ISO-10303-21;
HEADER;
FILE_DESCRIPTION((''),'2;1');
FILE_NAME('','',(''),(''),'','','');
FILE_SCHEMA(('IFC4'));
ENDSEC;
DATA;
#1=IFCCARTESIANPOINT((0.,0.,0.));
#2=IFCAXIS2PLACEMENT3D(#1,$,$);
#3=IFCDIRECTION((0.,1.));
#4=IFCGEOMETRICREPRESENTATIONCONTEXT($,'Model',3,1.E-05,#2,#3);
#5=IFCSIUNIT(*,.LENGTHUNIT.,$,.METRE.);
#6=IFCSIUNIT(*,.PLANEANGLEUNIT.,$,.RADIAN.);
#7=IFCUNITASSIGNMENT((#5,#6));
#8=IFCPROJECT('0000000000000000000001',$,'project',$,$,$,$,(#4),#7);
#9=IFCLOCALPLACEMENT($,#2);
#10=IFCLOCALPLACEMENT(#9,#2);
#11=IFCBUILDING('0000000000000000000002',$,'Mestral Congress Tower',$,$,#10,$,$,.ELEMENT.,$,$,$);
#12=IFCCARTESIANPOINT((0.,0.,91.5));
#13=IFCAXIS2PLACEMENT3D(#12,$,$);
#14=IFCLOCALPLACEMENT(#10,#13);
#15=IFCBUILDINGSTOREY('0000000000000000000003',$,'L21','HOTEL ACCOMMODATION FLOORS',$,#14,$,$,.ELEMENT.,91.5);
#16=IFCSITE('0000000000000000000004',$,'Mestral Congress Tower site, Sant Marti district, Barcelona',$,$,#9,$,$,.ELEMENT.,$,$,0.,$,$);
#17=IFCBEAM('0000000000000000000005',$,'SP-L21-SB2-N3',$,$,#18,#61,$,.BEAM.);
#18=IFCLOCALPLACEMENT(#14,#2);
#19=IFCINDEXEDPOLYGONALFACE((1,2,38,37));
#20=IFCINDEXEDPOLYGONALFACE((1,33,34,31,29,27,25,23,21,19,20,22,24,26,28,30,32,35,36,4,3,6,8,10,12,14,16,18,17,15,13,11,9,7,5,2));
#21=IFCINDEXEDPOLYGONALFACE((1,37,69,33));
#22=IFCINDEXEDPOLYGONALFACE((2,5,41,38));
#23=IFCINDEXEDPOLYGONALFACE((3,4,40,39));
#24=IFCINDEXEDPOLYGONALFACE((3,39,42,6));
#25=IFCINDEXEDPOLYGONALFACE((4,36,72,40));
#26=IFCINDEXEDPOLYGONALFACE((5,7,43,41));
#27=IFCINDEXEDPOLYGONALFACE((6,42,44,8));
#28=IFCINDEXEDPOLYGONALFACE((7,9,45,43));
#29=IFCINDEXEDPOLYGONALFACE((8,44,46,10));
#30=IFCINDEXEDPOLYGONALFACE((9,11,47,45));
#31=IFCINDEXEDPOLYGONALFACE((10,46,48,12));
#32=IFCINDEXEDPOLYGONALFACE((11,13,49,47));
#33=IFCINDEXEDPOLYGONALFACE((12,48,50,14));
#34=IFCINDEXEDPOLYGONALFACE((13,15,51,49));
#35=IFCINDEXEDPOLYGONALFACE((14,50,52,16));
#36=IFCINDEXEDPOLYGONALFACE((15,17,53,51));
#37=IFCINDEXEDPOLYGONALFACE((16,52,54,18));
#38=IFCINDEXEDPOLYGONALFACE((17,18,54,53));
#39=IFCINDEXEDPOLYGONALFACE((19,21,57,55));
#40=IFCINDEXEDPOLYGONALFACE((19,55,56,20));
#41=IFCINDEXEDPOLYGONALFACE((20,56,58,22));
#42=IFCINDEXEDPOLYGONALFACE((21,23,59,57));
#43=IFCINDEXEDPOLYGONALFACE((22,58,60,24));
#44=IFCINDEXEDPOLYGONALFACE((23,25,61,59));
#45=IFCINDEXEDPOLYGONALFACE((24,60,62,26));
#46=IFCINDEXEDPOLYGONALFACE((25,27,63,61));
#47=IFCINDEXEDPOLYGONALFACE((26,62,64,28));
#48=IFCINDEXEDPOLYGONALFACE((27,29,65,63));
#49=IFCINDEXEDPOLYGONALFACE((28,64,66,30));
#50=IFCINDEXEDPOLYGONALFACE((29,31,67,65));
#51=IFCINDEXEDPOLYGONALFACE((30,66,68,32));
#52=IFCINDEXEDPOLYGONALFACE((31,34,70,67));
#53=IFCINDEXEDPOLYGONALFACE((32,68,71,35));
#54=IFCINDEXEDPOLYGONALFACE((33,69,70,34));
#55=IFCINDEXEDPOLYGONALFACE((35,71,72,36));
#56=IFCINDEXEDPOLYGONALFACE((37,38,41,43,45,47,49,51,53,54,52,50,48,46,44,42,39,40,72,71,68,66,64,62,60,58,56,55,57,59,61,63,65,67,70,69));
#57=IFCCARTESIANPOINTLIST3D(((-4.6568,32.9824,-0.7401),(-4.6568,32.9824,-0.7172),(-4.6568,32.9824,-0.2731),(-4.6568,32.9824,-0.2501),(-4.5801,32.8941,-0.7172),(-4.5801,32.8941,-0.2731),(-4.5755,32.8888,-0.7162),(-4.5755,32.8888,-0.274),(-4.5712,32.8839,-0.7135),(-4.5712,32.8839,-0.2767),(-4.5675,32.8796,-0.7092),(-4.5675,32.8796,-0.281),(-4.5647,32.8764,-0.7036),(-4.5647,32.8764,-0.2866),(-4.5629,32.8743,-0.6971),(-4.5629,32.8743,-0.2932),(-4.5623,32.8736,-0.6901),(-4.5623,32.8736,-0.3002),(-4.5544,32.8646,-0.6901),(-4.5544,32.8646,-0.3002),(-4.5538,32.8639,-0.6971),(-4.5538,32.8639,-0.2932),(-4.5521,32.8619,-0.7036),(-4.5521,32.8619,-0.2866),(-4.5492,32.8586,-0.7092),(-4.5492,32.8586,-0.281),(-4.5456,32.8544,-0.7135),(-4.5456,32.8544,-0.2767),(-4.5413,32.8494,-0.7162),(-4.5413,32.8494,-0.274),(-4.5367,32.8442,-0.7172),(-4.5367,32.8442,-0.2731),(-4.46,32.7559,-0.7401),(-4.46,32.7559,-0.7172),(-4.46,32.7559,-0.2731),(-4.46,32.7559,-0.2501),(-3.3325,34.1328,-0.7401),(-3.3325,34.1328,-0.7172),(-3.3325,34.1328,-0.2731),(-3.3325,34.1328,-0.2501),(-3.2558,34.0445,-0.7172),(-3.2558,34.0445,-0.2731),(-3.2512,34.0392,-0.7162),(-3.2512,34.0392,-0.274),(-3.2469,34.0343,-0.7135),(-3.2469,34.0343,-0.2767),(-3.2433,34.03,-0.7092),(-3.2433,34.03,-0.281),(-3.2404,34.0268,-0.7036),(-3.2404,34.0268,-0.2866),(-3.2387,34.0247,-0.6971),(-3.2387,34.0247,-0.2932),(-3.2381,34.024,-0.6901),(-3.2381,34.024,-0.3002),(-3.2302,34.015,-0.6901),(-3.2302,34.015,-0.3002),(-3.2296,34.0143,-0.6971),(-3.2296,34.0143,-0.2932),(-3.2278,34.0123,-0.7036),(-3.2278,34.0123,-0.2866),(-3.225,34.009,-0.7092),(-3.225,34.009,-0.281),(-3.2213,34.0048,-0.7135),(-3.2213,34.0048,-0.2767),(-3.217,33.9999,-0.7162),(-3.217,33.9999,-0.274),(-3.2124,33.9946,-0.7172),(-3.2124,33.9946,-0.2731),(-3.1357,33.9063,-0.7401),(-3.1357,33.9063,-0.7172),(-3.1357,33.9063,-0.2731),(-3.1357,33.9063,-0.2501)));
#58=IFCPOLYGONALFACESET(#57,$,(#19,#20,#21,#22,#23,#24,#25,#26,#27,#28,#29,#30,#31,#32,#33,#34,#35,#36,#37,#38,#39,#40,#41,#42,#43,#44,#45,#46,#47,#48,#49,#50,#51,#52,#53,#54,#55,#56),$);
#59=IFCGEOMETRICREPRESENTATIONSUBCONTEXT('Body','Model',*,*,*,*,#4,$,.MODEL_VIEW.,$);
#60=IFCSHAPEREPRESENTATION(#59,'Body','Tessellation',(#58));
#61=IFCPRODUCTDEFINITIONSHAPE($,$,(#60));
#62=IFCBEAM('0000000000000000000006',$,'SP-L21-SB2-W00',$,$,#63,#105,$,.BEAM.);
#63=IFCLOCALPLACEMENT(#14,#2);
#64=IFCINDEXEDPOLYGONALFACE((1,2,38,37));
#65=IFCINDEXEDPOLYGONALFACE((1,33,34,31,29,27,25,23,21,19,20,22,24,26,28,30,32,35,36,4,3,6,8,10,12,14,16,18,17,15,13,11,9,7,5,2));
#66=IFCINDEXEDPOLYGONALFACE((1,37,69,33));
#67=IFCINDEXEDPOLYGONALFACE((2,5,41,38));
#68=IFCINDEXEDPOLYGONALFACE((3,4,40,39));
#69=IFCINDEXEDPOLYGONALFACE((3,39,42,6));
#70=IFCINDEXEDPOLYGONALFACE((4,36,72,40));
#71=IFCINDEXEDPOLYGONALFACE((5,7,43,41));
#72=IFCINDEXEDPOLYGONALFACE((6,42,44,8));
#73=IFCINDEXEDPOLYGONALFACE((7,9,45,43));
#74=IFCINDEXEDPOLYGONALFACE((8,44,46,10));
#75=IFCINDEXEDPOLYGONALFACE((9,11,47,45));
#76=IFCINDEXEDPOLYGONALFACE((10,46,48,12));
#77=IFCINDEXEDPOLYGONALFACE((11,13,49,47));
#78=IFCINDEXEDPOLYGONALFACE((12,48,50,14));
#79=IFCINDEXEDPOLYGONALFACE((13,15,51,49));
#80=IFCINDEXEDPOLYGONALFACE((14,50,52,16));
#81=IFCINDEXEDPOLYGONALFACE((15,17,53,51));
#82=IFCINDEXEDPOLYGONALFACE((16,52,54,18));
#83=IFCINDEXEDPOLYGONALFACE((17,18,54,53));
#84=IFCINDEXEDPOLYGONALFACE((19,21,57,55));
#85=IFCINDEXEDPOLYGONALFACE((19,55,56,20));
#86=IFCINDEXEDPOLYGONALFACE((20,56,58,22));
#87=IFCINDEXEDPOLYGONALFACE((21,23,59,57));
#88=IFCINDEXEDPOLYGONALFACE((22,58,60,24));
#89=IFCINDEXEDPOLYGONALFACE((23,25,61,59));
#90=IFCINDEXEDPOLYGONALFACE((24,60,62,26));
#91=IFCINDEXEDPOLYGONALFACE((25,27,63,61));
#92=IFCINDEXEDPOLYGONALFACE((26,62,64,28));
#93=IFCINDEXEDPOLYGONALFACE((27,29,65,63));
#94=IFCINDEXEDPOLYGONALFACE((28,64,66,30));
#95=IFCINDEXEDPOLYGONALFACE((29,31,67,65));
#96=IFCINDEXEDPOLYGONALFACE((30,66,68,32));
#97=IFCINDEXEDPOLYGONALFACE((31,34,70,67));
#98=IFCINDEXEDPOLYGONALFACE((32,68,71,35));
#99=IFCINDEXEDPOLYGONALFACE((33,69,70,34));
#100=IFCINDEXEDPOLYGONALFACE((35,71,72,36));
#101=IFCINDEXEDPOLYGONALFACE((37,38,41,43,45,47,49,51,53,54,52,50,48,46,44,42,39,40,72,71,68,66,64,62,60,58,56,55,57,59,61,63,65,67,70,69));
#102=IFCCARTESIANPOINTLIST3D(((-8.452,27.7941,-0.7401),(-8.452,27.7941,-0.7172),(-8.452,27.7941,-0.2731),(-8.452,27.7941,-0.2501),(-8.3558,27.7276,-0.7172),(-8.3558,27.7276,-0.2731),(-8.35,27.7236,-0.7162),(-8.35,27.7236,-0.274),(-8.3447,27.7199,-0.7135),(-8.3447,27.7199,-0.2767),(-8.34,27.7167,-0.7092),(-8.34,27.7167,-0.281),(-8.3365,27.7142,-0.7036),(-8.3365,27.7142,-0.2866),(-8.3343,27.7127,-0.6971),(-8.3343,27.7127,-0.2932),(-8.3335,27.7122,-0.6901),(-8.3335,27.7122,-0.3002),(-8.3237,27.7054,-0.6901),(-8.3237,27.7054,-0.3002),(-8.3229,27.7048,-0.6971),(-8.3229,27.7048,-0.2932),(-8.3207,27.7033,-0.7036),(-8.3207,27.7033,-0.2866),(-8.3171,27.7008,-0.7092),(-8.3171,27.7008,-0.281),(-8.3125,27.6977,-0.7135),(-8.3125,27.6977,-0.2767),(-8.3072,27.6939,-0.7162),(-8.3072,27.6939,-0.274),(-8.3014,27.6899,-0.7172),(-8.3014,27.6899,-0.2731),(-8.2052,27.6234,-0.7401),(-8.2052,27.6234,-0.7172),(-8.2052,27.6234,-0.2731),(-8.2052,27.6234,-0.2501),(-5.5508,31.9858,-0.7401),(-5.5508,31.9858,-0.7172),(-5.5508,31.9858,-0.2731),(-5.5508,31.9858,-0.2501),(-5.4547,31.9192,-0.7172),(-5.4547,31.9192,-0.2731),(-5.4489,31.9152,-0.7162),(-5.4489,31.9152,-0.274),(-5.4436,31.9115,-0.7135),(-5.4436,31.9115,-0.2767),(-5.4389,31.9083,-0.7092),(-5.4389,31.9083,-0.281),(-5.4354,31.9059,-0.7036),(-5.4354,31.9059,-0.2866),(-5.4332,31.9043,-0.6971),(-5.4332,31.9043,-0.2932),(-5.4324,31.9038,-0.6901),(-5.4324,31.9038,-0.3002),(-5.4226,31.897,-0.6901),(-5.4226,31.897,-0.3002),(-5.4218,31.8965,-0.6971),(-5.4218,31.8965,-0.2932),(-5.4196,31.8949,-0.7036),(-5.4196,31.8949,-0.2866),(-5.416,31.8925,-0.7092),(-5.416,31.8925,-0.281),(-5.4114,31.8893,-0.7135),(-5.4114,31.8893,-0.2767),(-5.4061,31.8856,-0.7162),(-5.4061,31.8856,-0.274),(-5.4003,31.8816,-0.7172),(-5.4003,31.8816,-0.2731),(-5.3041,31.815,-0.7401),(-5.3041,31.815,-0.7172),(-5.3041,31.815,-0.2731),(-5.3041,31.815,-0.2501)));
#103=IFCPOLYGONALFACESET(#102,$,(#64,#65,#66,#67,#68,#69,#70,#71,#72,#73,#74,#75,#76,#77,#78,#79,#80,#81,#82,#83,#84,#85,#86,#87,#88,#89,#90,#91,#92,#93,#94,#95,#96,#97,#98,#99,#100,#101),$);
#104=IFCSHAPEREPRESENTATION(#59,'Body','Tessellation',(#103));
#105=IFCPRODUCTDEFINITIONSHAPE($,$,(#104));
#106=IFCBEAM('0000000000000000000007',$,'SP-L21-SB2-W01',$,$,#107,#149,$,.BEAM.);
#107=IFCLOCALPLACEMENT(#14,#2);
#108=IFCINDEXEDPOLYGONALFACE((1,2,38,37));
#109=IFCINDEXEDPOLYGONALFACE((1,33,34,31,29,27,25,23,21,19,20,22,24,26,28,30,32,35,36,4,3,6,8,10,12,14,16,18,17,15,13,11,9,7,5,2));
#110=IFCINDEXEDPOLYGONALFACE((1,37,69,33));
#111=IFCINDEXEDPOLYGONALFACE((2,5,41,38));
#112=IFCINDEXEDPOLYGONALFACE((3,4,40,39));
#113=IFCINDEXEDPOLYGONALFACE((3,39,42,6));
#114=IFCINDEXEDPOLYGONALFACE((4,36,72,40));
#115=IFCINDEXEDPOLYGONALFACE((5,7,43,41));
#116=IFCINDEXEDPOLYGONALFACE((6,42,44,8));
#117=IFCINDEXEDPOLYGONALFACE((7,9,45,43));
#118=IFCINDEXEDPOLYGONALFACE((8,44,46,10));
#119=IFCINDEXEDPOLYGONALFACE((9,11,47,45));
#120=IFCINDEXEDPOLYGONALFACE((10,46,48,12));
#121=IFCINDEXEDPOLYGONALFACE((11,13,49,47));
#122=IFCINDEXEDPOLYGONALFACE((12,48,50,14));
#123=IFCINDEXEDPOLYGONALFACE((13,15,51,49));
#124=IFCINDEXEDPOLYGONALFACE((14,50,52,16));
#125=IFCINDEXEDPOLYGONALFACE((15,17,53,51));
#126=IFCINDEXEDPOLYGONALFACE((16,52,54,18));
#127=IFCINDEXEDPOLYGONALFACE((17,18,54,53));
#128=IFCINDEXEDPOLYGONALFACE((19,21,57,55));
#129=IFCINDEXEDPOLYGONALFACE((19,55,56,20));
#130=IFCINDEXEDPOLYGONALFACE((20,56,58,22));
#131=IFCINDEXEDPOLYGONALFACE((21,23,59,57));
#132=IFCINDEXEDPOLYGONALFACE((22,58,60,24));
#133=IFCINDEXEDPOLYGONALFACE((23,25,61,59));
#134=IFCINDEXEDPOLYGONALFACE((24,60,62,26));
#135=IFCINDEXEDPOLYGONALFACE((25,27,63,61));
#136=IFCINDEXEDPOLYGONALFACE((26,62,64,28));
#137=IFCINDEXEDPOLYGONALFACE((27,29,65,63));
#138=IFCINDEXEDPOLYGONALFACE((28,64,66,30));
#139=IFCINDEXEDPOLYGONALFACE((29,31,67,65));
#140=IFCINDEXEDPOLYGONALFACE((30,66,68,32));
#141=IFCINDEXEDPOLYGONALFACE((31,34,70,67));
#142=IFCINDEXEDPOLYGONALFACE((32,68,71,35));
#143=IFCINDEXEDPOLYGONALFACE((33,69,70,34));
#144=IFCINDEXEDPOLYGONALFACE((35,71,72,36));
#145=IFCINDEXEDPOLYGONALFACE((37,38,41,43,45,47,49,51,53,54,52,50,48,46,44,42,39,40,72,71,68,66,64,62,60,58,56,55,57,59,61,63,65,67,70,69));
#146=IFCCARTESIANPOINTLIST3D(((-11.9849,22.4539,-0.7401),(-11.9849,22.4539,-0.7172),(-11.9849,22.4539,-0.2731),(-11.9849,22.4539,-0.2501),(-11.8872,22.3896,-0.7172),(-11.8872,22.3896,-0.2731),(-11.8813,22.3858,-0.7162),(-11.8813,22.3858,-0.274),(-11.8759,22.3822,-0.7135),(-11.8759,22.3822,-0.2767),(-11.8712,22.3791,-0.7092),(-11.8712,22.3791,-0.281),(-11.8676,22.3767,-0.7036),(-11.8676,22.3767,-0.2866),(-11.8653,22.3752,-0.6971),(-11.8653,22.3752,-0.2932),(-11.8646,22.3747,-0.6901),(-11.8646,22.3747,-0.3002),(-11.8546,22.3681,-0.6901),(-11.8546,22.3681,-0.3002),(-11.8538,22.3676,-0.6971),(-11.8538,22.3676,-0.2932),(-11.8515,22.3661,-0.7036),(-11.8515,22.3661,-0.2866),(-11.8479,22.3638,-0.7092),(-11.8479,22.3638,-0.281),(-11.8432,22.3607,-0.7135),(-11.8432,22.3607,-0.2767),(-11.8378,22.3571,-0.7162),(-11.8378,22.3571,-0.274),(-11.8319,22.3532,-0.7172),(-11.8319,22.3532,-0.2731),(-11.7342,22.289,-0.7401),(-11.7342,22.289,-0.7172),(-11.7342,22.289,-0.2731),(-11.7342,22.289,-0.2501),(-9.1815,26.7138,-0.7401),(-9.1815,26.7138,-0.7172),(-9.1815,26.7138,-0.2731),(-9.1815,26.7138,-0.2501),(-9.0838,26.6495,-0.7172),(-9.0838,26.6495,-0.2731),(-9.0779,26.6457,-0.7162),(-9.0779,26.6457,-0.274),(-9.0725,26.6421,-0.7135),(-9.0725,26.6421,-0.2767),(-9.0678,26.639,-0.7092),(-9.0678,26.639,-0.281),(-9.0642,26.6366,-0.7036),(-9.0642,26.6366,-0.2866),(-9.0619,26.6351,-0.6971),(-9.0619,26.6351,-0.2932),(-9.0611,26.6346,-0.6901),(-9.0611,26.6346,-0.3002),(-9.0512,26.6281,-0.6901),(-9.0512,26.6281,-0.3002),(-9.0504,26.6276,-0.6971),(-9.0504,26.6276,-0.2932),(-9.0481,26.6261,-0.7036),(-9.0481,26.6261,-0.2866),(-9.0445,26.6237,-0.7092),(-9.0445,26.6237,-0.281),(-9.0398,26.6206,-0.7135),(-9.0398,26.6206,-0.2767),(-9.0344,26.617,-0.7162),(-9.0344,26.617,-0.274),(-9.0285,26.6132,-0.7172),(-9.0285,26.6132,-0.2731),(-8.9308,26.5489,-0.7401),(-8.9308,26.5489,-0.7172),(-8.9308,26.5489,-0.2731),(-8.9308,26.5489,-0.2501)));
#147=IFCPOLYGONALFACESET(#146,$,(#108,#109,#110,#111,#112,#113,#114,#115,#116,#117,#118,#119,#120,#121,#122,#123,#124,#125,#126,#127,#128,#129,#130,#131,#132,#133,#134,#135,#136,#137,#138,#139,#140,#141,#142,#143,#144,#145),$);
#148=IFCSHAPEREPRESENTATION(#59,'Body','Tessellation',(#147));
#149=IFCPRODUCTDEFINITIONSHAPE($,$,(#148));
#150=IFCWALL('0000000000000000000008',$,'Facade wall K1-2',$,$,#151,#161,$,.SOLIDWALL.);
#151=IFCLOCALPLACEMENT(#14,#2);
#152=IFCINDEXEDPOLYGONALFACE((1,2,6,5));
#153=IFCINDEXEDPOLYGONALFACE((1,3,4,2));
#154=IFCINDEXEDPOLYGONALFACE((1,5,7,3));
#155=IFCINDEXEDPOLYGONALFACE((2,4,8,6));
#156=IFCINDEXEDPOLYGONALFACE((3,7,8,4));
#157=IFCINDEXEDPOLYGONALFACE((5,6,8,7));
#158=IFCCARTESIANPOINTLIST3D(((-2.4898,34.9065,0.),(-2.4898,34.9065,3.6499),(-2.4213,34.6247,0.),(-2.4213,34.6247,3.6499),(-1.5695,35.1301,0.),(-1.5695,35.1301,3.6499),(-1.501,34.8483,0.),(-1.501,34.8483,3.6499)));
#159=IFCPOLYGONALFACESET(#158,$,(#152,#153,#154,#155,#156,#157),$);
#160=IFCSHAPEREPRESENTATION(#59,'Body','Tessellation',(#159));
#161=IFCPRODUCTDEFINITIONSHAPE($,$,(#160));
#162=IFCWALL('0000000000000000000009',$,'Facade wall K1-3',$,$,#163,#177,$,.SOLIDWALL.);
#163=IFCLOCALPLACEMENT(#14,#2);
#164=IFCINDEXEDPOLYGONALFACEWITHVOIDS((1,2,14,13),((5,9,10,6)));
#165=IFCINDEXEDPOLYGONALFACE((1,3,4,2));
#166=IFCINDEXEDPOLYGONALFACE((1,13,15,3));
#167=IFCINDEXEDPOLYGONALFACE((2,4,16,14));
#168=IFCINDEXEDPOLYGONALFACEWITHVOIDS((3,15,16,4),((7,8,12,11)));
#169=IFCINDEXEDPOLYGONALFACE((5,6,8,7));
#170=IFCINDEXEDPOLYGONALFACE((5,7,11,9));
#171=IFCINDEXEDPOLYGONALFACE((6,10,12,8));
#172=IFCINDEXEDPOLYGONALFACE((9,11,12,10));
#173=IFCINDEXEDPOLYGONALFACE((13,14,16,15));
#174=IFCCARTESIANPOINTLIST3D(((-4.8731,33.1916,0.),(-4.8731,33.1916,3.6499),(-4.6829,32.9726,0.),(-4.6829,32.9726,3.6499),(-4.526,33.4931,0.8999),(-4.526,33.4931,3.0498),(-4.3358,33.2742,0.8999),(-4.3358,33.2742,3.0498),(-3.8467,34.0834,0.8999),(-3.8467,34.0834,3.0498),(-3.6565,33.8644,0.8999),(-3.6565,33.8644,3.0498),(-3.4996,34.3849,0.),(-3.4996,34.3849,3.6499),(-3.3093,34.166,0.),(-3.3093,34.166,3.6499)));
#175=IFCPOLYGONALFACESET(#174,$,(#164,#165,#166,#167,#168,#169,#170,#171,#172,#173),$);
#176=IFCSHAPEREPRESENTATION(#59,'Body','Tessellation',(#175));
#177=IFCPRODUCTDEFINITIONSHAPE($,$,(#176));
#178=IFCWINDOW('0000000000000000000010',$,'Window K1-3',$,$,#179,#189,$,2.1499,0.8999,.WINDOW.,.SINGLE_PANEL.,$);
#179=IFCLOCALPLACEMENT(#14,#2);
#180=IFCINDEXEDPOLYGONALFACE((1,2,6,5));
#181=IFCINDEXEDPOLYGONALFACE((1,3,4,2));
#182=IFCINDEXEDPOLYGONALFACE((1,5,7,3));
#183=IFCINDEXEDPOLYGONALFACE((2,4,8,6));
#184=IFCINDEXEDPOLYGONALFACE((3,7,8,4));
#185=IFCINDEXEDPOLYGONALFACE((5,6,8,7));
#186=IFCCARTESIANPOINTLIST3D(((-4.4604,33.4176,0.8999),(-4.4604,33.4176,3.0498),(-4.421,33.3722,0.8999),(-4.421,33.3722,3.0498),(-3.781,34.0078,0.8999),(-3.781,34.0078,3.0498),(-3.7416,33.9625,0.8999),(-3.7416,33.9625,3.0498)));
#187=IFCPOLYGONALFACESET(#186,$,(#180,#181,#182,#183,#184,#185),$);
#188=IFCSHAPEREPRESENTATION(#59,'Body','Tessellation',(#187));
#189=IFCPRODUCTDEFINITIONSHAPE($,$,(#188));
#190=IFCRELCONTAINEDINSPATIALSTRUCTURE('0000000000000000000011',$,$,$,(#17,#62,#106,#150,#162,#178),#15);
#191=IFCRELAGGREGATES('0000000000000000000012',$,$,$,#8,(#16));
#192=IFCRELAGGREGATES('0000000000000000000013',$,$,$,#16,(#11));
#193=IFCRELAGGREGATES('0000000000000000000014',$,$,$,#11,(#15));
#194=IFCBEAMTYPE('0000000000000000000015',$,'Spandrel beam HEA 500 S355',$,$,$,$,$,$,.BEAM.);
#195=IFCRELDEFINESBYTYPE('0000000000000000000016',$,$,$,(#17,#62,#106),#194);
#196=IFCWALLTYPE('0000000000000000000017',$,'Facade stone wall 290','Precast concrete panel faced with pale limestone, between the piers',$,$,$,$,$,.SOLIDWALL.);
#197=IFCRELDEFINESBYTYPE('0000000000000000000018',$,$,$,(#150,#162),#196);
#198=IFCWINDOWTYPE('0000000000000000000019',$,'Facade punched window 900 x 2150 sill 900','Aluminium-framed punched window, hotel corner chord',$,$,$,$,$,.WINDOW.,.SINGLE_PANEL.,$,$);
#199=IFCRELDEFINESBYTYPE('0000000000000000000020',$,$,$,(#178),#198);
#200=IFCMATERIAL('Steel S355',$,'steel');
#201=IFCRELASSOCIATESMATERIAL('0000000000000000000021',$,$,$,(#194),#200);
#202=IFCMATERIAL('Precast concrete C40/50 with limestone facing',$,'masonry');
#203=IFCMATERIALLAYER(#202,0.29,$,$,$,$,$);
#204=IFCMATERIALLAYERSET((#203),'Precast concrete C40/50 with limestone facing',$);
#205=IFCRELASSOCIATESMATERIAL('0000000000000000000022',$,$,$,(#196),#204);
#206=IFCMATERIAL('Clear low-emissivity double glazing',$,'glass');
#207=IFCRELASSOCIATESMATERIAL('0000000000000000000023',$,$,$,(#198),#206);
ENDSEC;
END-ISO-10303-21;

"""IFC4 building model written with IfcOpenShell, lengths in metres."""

from ifc_helpers import new_model, si_unit, direction, frame, frame_2d, origin, origin_2d, place, context, subcontext, project, spatial, rectangle, i_section, extrude, material, layer, layer_set, material_profile, profile_set, type_object, element, fill, save


model = new_model("IFC4")

# Units and contexts
model_context = context("Model", 3, precision=1e-05, world=origin(), true_north=direction((0.0, 1.0)))
body_context = subcontext(model_context, "Body", "Model", "MODEL_VIEW")
ifc_project = project(units=[si_unit("LENGTHUNIT", "METRE"), si_unit("PLANEANGLEUNIT", "RADIAN")], contexts=[model_context])

# Site, building, storey
site_placement = place(None, origin())
site = spatial("IfcSite", under=ifc_project, at=site_placement, Name="Mestral Congress Tower site, Sant Marti district, Barcelona", CompositionType="ELEMENT", RefElevation=0.0)
building_placement = place(site_placement, origin())
building = spatial("IfcBuilding", under=site, at=building_placement, Name="Mestral Congress Tower", CompositionType="ELEMENT")
storey_placement = place(building_placement, frame((0.0, 0.0, 91.5)))
storey = spatial("IfcBuildingStorey", under=building, at=storey_placement, Name="L21", Description="HOTEL ACCOMMODATION FLOORS", CompositionType="ELEMENT", Elevation=91.5)

# Beams
ifc_material_1 = material(Name="Steel S355", Category="steel")
ifc_material_profile_1 = material_profile(ifc_material_1, i_section(OverallWidth=0.3, OverallDepth=0.49, WebThickness=0.012, FlangeThickness=0.0229, FilletRadius=0.0271, at=origin_2d()), Name="HEA 500")
ifc_profile_set_1 = profile_set([ifc_material_profile_1], Name="Steel S355")
beam_type_1 = type_object("IfcBeamType", Name="Spandrel beam HEA 500 S355", PredefinedType="BEAM", material=ifc_profile_set_1)
beam_1_placement = place(storey_placement, frame((-3.2341, 34.0195, -0.4951), z_axis=(-0.754917, -0.65582, 0.0), x_axis=(0.65582, -0.754917, 0.0)))
element("IfcBeam", 1, at=beam_1_placement, inside=storey, type_object=beam_type_1, Name="SP-L21-SB2-N3", PredefinedType="BEAM", context=body_context, shape_type="SweptSolid", body=[
    extrude(i_section(OverallWidth=0.3, OverallDepth=0.49, WebThickness=0.012, FlangeThickness=0.0229, FilletRadius=0.0271, at=origin_2d()), origin(), (0.0, 0.0, 1.0), 1.7542),
])
beam_2_placement = place(storey_placement, frame((-5.4275, 31.9004, -0.4951), z_axis=(-0.569105, -0.822265, 0.0), x_axis=(0.822265, -0.569105, 0.0)))
element("IfcBeam", 2, at=beam_2_placement, inside=storey, type_object=beam_type_1, Name="SP-L21-SB2-W00", PredefinedType="BEAM", context=body_context, shape_type="SweptSolid", body=[
    extrude(i_section(OverallWidth=0.3, OverallDepth=0.49, WebThickness=0.012, FlangeThickness=0.0229, FilletRadius=0.0271, at=origin_2d()), origin(), (0.0, 0.0, 1.0), 5.0977),
])
beam_3_placement = place(storey_placement, frame((-9.0562, 26.6313, -0.4951), z_axis=(-0.54973, -0.835342, 0.0), x_axis=(0.835342, -0.54973, 0.0)))
element("IfcBeam", 3, at=beam_3_placement, inside=storey, type_object=beam_type_1, Name="SP-L21-SB2-W01", PredefinedType="BEAM", context=body_context, shape_type="SweptSolid", body=[
    extrude(i_section(OverallWidth=0.3, OverallDepth=0.49, WebThickness=0.012, FlangeThickness=0.0229, FilletRadius=0.0271, at=origin_2d()), origin(), (0.0, 0.0, 1.0), 5.0996),
])

# Wall
ifc_material_2 = material(Name="Precast concrete C40/50 with limestone facing", Category="masonry")
ifc_layer_1 = layer(ifc_material_2, 0.29)
ifc_layer_set_1 = layer_set([ifc_layer_1], Name="Precast concrete C40/50 with limestone facing")
wall_type_1 = type_object("IfcWallType", Name="Facade stone wall 290", Description="Precast concrete panel faced with pale limestone, between the piers", PredefinedType="SOLIDWALL", material=ifc_layer_set_1)
wall_1_placement = place(storey_placement, frame((-1.5352, 34.9893, 0.0), z_axis=(0.0, 0.0, 1.0), x_axis=(-0.971714, -0.236161, 0.0)))
element("IfcWall", 4, at=wall_1_placement, inside=storey, type_object=wall_type_1, Name="Facade wall K1-2", PredefinedType="SOLIDWALL", context=body_context, shape_type="SweptSolid", body=[
    extrude(rectangle(XDim=0.947, YDim=0.29, at=frame_2d((0.4736, 0.0))), origin(), (0.0, 0.0, 1.0), 3.6499),
])

# Wall, opening, window
wall_2_placement = place(storey_placement, frame((-3.4045, 34.2754, 0.0), z_axis=(0.0, 0.0, 1.0), x_axis=(-0.754883, -0.65586, 0.0)))
wall_2 = element("IfcWall", 5, at=wall_2_placement, inside=storey, type_object=wall_type_1, Name="Facade wall K1-3", PredefinedType="SOLIDWALL", context=body_context, shape_type="SweptSolid", body=[
    extrude(rectangle(XDim=1.8196, YDim=0.29, at=frame_2d((0.9097, 0.0))), origin(), (0.0, 0.0, 1.0), 3.6499),
])
opening_1_placement = place(wall_2_placement, frame((0.4597, 0.0, 0.8999)))
opening_1 = element("IfcOpeningElement", 6, at=opening_1_placement, cuts=wall_2, PredefinedType="OPENING", context=body_context, shape_type="SweptSolid", body=[
    extrude(rectangle(XDim=0.8999, YDim=2.1499, at=frame_2d((0.45, 1.075))), frame((0.0, 0.155, 0.0), z_axis=(0.0, -1.0, 0.0), x_axis=(1.0, 0.0, 0.0)), (0.0, 0.0, 1.0), 0.3101),
])
ifc_material_3 = material(Name="Clear low-emissivity double glazing", Category="glass")
window_type_1 = type_object("IfcWindowType", Name="Facade punched window 900 x 2150 sill 900", Description="Aluminium-framed punched window, hotel corner chord", PartitioningType="SINGLE_PANEL", PredefinedType="WINDOW", material=ifc_material_3)
window_1_placement = place(opening_1_placement, origin())
window_1 = element("IfcWindow", 7, at=window_1_placement, inside=storey, type_object=window_type_1, Name="Window K1-3", OverallHeight=2.1499, OverallWidth=0.8999, PartitioningType="SINGLE_PANEL", PredefinedType="WINDOW", context=body_context, shape_type="SweptSolid", body=[
    extrude(rectangle(XDim=0.8999, YDim=2.1499, at=frame_2d((0.45, 1.075))), frame((0.0, 0.0151, 0.0), z_axis=(0.0, -1.0, 0.0), x_axis=(1.0, 0.0, 0.0)), (0.0, 0.0, 1.0), 0.0601),
])
fill(opening_1, window_1)

save(model, "model.ifc")
